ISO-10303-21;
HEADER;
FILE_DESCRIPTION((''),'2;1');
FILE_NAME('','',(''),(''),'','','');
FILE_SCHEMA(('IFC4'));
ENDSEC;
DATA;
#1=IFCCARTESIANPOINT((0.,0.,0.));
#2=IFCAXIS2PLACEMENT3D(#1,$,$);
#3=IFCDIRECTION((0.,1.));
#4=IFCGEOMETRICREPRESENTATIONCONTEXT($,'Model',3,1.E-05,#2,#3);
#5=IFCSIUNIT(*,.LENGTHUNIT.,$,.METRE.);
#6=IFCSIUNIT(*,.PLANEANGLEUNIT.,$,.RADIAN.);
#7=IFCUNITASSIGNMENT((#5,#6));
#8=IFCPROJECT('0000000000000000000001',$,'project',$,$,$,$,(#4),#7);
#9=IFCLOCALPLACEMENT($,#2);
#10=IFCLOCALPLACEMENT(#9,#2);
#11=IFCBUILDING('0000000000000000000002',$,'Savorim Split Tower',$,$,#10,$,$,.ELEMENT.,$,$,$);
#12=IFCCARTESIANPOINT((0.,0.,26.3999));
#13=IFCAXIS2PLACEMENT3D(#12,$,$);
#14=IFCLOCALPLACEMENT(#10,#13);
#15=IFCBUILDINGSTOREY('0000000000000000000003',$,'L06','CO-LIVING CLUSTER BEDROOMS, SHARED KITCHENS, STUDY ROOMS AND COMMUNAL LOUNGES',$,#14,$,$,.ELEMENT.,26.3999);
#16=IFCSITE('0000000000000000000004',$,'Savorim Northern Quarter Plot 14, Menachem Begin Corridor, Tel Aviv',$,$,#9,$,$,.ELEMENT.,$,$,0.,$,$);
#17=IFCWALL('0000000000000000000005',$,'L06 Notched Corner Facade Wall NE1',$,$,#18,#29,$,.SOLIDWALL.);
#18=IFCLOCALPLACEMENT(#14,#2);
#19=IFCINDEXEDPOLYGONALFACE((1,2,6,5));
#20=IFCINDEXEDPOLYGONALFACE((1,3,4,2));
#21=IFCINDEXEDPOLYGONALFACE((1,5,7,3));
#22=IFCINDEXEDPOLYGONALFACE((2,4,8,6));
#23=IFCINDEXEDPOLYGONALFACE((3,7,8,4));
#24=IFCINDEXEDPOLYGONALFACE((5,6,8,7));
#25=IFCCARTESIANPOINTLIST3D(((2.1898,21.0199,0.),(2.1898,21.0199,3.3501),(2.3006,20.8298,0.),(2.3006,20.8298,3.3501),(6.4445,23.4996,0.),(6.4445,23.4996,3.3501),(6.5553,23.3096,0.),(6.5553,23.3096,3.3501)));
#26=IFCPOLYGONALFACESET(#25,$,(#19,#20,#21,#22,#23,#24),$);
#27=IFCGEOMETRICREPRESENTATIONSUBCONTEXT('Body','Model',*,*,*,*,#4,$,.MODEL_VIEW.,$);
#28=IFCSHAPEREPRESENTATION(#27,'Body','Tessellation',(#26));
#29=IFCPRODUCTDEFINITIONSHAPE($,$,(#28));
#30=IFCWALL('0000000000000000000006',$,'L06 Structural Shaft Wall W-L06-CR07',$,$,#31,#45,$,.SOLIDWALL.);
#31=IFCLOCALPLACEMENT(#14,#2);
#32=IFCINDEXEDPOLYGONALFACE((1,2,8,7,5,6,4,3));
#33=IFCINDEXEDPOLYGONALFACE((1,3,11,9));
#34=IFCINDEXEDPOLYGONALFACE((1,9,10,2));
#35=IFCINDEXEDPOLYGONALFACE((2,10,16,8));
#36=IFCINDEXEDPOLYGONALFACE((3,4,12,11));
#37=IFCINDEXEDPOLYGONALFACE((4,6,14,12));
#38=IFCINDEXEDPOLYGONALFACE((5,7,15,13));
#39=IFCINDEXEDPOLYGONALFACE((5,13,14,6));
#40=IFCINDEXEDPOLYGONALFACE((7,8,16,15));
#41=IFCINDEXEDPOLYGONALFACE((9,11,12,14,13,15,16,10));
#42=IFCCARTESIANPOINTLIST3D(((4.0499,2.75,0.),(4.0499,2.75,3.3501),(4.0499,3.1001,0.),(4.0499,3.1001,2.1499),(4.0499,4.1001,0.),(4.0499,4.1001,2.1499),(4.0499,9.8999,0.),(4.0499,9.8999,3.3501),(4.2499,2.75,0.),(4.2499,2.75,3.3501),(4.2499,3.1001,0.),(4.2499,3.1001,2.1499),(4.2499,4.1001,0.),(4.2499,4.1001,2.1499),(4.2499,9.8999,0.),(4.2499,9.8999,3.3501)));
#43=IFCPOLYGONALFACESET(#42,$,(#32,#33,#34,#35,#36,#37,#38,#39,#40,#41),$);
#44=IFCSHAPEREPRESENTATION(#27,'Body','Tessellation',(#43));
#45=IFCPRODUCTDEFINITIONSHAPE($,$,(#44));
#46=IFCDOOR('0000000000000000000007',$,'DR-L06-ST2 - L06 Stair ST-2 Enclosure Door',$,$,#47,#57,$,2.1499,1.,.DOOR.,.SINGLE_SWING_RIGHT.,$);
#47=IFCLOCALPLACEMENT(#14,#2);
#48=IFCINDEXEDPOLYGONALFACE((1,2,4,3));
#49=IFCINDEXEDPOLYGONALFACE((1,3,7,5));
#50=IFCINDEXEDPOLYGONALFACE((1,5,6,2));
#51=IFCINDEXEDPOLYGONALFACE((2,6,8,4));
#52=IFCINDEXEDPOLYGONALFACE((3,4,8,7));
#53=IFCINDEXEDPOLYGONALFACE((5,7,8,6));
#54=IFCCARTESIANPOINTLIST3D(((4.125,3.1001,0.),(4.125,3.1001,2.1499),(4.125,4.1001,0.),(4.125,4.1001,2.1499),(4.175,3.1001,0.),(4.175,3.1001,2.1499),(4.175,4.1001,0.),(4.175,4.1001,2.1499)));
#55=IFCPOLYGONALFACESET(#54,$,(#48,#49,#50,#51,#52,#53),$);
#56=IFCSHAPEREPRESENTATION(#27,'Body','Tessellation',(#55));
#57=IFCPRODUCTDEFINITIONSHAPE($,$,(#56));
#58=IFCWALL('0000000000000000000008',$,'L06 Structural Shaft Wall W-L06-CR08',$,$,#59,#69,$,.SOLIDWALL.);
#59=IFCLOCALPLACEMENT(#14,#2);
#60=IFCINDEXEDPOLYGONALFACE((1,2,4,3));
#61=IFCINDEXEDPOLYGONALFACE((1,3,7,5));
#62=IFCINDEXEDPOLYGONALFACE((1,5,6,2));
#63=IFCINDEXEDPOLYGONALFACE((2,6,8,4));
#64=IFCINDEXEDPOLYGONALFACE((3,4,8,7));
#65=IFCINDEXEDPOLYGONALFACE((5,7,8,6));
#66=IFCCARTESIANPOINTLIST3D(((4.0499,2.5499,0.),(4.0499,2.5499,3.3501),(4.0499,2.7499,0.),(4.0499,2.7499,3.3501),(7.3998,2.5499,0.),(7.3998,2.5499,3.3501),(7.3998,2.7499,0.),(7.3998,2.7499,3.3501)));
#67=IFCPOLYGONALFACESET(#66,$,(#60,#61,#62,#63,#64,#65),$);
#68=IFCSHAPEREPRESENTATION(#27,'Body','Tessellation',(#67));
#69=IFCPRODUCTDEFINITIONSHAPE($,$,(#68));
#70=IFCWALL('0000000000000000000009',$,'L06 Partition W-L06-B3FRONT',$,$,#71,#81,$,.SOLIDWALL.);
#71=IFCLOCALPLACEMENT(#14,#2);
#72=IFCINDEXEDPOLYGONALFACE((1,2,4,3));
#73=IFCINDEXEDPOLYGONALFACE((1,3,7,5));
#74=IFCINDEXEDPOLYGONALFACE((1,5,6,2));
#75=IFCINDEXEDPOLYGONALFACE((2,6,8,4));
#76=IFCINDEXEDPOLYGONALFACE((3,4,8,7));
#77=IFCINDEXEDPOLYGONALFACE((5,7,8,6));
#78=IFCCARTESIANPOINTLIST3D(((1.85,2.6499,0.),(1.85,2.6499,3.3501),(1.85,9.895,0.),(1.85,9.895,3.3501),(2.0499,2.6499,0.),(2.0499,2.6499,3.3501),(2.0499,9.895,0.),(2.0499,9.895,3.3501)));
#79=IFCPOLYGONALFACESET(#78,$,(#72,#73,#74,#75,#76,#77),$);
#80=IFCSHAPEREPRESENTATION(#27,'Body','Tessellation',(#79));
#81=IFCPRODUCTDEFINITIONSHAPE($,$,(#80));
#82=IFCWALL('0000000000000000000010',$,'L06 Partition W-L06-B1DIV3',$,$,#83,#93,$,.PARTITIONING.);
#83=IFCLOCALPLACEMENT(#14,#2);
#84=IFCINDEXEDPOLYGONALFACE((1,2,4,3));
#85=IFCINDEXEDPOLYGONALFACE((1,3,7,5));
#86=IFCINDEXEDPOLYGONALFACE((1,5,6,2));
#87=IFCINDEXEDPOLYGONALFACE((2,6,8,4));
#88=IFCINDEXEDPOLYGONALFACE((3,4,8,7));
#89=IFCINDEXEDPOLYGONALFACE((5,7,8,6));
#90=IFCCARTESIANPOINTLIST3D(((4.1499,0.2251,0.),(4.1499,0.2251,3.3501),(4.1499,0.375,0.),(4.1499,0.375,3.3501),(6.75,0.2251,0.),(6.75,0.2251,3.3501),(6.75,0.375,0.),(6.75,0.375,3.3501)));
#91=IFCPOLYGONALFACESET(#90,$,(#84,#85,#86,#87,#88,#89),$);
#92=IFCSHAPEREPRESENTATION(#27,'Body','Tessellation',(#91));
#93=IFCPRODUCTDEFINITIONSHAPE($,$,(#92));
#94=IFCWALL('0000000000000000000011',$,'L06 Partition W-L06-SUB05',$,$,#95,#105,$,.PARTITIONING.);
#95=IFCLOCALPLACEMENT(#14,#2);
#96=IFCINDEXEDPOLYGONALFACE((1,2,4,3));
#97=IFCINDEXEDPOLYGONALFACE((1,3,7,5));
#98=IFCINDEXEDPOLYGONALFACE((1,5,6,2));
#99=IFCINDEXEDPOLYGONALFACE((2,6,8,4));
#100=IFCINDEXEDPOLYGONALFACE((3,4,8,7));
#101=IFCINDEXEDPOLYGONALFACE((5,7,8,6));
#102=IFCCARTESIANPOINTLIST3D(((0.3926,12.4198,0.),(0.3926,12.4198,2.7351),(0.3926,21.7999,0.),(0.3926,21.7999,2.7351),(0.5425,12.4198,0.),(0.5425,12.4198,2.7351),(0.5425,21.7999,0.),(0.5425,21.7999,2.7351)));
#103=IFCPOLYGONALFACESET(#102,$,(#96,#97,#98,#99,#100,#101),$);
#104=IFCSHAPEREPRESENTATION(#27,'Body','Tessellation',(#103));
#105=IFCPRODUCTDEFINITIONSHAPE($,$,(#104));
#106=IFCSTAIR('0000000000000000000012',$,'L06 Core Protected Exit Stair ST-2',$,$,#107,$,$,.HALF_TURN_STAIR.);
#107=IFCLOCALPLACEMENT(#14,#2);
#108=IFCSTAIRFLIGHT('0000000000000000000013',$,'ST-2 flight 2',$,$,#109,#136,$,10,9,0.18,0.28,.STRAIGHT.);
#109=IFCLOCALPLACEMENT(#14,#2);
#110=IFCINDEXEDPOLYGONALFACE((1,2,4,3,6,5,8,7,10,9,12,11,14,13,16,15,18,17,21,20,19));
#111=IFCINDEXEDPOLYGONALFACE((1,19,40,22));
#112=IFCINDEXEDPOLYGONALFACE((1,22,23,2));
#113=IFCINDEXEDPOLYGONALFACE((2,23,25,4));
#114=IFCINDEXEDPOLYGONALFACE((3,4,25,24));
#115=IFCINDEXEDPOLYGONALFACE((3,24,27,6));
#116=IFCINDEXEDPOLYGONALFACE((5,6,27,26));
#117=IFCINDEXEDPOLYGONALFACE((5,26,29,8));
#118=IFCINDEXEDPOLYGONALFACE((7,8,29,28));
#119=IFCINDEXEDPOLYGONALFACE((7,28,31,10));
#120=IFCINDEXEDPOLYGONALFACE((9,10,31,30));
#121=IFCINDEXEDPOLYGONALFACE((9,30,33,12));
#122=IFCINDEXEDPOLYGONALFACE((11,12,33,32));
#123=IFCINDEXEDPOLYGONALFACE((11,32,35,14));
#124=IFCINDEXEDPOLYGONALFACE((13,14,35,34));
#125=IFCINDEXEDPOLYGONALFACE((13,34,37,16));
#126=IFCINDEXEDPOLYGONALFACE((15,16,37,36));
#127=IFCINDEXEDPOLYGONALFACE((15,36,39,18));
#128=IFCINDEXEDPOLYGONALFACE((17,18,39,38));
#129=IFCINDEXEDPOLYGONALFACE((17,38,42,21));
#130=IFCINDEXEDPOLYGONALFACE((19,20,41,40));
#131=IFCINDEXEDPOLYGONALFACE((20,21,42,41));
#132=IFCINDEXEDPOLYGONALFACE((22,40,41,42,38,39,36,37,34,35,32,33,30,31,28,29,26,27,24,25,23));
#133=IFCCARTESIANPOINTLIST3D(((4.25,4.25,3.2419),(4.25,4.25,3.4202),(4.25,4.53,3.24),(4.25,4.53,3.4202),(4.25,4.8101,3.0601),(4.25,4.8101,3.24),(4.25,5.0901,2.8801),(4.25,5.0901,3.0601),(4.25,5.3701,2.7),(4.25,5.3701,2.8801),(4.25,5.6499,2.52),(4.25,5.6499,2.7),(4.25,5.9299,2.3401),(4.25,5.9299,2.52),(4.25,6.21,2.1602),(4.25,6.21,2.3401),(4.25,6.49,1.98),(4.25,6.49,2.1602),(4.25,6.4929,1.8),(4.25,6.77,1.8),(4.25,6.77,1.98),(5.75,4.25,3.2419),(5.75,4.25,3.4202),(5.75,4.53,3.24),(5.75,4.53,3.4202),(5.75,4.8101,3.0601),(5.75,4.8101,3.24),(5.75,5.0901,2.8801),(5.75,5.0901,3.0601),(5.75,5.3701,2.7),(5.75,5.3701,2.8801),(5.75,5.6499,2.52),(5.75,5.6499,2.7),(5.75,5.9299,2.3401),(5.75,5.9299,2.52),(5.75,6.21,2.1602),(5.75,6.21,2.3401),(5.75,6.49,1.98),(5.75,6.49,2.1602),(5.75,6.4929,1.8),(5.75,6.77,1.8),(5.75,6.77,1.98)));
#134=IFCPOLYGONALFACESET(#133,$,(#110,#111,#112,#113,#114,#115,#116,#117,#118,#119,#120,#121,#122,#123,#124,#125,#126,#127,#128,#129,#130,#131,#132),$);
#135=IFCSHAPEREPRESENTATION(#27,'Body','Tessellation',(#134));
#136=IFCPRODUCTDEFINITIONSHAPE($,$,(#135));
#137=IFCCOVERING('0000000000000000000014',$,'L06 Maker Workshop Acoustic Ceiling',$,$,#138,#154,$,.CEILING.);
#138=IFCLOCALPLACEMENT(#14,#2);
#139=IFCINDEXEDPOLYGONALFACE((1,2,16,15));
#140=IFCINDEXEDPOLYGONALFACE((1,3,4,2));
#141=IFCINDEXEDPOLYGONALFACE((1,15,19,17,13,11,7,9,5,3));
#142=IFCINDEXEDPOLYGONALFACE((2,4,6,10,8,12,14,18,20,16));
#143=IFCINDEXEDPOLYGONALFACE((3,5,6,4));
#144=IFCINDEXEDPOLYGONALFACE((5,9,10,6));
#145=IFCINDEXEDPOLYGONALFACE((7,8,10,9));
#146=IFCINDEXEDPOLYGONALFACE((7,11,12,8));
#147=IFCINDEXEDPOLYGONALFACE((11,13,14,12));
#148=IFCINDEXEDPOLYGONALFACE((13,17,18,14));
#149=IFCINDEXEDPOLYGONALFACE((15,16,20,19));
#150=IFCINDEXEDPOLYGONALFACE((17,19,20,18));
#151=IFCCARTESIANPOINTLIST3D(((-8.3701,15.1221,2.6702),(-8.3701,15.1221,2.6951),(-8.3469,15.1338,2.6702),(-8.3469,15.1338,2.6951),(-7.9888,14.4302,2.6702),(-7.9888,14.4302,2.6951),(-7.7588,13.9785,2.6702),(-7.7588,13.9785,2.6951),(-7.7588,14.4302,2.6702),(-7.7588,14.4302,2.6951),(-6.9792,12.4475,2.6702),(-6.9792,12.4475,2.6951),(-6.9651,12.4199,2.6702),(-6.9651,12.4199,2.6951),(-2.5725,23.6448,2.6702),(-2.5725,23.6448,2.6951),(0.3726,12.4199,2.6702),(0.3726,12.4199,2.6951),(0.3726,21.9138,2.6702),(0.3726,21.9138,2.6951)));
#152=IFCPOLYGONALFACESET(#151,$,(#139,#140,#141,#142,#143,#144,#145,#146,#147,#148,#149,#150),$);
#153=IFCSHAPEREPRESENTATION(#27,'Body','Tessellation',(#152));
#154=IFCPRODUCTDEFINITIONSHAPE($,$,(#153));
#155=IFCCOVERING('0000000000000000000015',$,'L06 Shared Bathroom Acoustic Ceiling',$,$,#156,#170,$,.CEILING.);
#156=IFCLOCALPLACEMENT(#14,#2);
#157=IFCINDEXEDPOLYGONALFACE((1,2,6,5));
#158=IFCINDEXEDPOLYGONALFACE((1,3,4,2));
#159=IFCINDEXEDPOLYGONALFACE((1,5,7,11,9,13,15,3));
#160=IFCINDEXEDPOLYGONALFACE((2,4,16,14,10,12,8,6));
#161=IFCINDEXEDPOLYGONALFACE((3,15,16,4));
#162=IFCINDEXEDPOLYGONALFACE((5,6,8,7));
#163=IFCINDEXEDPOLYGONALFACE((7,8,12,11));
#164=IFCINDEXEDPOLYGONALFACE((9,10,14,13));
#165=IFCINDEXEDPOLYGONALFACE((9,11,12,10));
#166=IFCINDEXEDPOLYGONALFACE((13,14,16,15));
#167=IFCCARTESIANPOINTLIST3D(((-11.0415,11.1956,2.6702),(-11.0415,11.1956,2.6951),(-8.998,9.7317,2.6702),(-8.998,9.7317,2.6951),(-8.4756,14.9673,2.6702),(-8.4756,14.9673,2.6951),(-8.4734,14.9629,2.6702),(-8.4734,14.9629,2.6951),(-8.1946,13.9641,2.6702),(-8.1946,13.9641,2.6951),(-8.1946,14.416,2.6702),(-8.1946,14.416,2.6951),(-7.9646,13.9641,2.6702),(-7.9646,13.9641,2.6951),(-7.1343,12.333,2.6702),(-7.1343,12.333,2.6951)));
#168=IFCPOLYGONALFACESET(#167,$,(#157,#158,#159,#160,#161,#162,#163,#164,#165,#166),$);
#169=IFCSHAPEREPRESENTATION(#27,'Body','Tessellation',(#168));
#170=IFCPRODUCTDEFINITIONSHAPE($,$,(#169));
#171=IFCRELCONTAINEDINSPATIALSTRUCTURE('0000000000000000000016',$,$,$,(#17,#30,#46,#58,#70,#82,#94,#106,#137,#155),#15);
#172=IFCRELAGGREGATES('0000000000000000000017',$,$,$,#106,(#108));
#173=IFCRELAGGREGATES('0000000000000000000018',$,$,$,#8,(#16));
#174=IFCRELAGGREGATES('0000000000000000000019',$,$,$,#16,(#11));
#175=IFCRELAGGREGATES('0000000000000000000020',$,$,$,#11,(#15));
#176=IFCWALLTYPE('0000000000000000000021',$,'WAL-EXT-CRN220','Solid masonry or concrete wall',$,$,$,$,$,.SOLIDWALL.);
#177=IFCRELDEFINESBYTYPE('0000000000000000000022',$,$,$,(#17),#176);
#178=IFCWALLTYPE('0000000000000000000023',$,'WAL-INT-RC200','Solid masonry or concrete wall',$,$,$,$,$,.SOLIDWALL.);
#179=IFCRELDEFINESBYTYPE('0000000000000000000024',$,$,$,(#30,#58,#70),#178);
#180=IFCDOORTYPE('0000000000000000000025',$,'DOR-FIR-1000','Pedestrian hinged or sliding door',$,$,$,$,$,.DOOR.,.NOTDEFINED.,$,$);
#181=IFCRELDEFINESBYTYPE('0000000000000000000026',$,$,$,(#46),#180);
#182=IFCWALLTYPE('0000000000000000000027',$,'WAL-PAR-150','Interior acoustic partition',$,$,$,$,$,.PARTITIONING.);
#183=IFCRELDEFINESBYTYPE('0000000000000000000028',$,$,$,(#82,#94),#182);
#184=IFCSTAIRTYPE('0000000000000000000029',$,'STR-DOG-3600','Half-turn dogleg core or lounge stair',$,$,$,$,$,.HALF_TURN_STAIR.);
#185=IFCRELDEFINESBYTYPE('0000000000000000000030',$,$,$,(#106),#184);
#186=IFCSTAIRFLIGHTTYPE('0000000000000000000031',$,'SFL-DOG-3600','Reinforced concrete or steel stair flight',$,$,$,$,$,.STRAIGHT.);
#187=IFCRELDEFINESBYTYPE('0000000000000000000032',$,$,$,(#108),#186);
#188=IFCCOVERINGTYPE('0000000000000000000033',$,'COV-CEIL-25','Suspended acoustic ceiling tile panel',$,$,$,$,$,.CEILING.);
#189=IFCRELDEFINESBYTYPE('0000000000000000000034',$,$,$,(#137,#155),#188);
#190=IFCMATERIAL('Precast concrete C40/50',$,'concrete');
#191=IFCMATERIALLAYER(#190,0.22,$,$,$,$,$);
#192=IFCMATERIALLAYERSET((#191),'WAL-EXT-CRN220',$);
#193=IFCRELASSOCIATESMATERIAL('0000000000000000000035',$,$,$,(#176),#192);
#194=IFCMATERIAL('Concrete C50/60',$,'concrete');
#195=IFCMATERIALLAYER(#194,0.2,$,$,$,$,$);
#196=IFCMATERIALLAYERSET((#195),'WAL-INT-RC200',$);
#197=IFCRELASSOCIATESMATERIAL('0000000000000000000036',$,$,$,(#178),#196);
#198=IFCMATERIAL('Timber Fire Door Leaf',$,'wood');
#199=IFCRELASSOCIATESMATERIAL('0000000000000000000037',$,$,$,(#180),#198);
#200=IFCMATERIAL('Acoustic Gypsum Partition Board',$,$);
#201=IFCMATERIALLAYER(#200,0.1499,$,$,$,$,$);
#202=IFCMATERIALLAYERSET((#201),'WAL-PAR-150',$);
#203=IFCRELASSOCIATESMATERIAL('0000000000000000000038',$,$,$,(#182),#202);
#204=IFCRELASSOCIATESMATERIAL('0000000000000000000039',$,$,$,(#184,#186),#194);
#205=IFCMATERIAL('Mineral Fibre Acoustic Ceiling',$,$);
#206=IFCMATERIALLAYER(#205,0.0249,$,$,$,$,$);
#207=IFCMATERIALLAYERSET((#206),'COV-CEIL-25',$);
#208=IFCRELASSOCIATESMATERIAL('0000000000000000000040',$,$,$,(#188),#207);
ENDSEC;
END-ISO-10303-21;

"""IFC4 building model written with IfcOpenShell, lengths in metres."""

from ifc_helpers import new_model, si_unit, direction, frame, frame_2d, origin, place, context, subcontext, project, spatial, polyline, rectangle, outline, extrude, material, layer, layer_set, type_object, element, fill, aggregate, save


model = new_model("IFC4")

# Units and contexts
model_context = context("Model", 3, precision=1e-05, world=origin(), true_north=direction((0.0, 1.0)))
body_context = subcontext(model_context, "Body", "Model", "MODEL_VIEW")
ifc_project = project(units=[si_unit("LENGTHUNIT", "METRE"), si_unit("PLANEANGLEUNIT", "RADIAN")], contexts=[model_context])

# Site, building, storey
site_placement = place(None, origin())
site = spatial("IfcSite", under=ifc_project, at=site_placement, Name="Savorim Northern Quarter Plot 14, Menachem Begin Corridor, Tel Aviv", CompositionType="ELEMENT", RefElevation=0.0)
building_placement = place(site_placement, origin())
building = spatial("IfcBuilding", under=site, at=building_placement, Name="Savorim Split Tower", CompositionType="ELEMENT")
storey_placement = place(building_placement, frame((0.0, 0.0, 26.3999)))
storey = spatial("IfcBuildingStorey", under=building, at=storey_placement, Name="L06", Description="CO-LIVING CLUSTER BEDROOMS, SHARED KITCHENS, STUDY ROOMS AND COMMUNAL LOUNGES", CompositionType="ELEMENT", Elevation=26.3999)

# Wall
ifc_material_1 = material(Name="Precast concrete C40/50", Category="concrete")
ifc_layer_1 = layer(ifc_material_1, 0.22)
ifc_layer_set_1 = layer_set([ifc_layer_1], Name="WAL-EXT-CRN220")
wall_type_1 = type_object("IfcWallType", Name="WAL-EXT-CRN220", Description="Solid masonry or concrete wall", PredefinedType="SOLIDWALL", material=ifc_layer_set_1)
wall_1_placement = place(storey_placement, frame((2.2451, 20.9248, 0.0), z_axis=(0.0, 0.0, 1.0), x_axis=(0.863968, 0.503547, 0.0)))
element("IfcWall", 1, at=wall_1_placement, inside=storey, type_object=wall_type_1, Name="L06 Notched Corner Facade Wall NE1", PredefinedType="SOLIDWALL", context=body_context, shape_type="SweptSolid", body=[
    extrude(rectangle(XDim=4.9246, YDim=0.22, at=frame_2d((2.4624, 0.0))), origin(), (0.0, 0.0, 1.0), 3.3501),
])

# Wall, opening, door
ifc_material_2 = material(Name="Concrete C50/60", Category="concrete")
ifc_layer_2 = layer(ifc_material_2, 0.2)
ifc_layer_set_2 = layer_set([ifc_layer_2], Name="WAL-INT-RC200")
wall_type_2 = type_object("IfcWallType", Name="WAL-INT-RC200", Description="Solid masonry or concrete wall", PredefinedType="SOLIDWALL", material=ifc_layer_set_2)
wall_2_placement = place(storey_placement, frame((4.1499, 2.75, 0.0), z_axis=(0.0, 0.0, 1.0), x_axis=(0.0, 1.0, 0.0)))
wall_2 = element("IfcWall", 2, at=wall_2_placement, inside=storey, type_object=wall_type_2, Name="L06 Structural Shaft Wall W-L06-CR07", PredefinedType="SOLIDWALL", context=body_context, shape_type="SweptSolid", body=[
    extrude(rectangle(XDim=7.1499, YDim=0.2, at=frame_2d((3.575, 0.0))), origin(), (0.0, 0.0, 1.0), 3.3501),
])
opening_placement = place(wall_2_placement, frame((0.3501, 0.0, 0.0)))
opening = element("IfcOpeningElement", 3, at=opening_placement, cuts=wall_2, PredefinedType="OPENING", context=body_context, shape_type="SweptSolid", body=[
    extrude(rectangle(XDim=1.0, YDim=2.1499, at=frame_2d((0.5, 1.075))), frame((0.0, 0.1099, 0.0), z_axis=(0.0, -1.0, 0.0), x_axis=(1.0, 0.0, 0.0)), (0.0, 0.0, 1.0), 0.22),
])
ifc_material_3 = material(Name="Timber Fire Door Leaf", Category="wood")
door_type = type_object("IfcDoorType", Name="DOR-FIR-1000", Description="Pedestrian hinged or sliding door", OperationType="NOTDEFINED", PredefinedType="DOOR", material=ifc_material_3)
door_placement = place(opening_placement, origin())
door = element("IfcDoor", 4, at=door_placement, inside=storey, type_object=door_type, Name="DR-L06-ST2 - L06 Stair ST-2 Enclosure Door", OperationType="SINGLE_SWING_RIGHT", OverallHeight=2.1499, OverallWidth=1.0, PredefinedType="DOOR", context=body_context, shape_type="SweptSolid", body=[
    extrude(rectangle(XDim=1.0, YDim=2.1499, at=frame_2d((0.5, 1.075))), frame((0.0, 0.0249, 0.0), z_axis=(0.0, -1.0, 0.0), x_axis=(1.0, 0.0, 0.0)), (0.0, 0.0, 1.0), 0.05),
])
fill(opening, door)

# Walls
wall_3_placement = place(storey_placement, frame((4.05, 2.6499, 0.0), z_axis=(0.0, 0.0, 1.0), x_axis=(1.0, 0.0, 0.0)))
element("IfcWall", 5, at=wall_3_placement, inside=storey, type_object=wall_type_2, Name="L06 Structural Shaft Wall W-L06-CR08", PredefinedType="SOLIDWALL", context=body_context, shape_type="SweptSolid", body=[
    extrude(rectangle(XDim=3.3499, YDim=0.2, at=frame_2d((1.6748, 0.0))), origin(), (0.0, 0.0, 1.0), 3.3501),
])
wall_4_placement = place(storey_placement, frame((1.95, 2.6499, 0.0), z_axis=(0.0, 0.0, 1.0), x_axis=(0.0, 1.0, 0.0)))
element("IfcWall", 6, at=wall_4_placement, inside=storey, type_object=wall_type_2, Name="L06 Partition W-L06-B3FRONT", PredefinedType="SOLIDWALL", context=body_context, shape_type="SweptSolid", body=[
    extrude(rectangle(XDim=7.2451, YDim=0.2, at=frame_2d((3.6226, 0.0))), origin(), (0.0, 0.0, 1.0), 3.3501),
])
ifc_material_4 = material(Name="Acoustic Gypsum Partition Board")
ifc_layer_3 = layer(ifc_material_4, 0.1499)
ifc_layer_set_3 = layer_set([ifc_layer_3], Name="WAL-PAR-150")
wall_type_3 = type_object("IfcWallType", Name="WAL-PAR-150", Description="Interior acoustic partition", PredefinedType="PARTITIONING", material=ifc_layer_set_3)
wall_5_placement = place(storey_placement, frame((4.1499, 0.3, 0.0), z_axis=(0.0, 0.0, 1.0), x_axis=(1.0, 0.0, 0.0)))
element("IfcWall", 7, at=wall_5_placement, inside=storey, type_object=wall_type_3, Name="L06 Partition W-L06-B1DIV3", PredefinedType="PARTITIONING", context=body_context, shape_type="SweptSolid", body=[
    extrude(rectangle(XDim=2.6001, YDim=0.1499, at=frame_2d((1.3, 0.0))), origin(), (0.0, 0.0, 1.0), 3.3501),
])
wall_6_placement = place(storey_placement, frame((0.4675, 12.4199, 0.0), z_axis=(0.0, 0.0, 1.0), x_axis=(0.0, 1.0, 0.0)))
element("IfcWall", 8, at=wall_6_placement, inside=storey, type_object=wall_type_3, Name="L06 Partition W-L06-SUB05", PredefinedType="PARTITIONING", context=body_context, shape_type="SweptSolid", body=[
    extrude(rectangle(XDim=9.3801, YDim=0.1499, at=frame_2d((4.6899, 0.0))), origin(), (0.0, 0.0, 1.0), 2.7351),
])

# Stair, stair flight
stair_type = type_object("IfcStairType", Name="STR-DOG-3600", Description="Half-turn dogleg core or lounge stair", PredefinedType="HALF_TURN_STAIR", material=ifc_material_2)
stair_placement = place(storey_placement, origin())
stair = element("IfcStair", 9, at=stair_placement, inside=storey, type_object=stair_type, Name="L06 Core Protected Exit Stair ST-2", PredefinedType="HALF_TURN_STAIR")
stair_flight_type = type_object("IfcStairFlightType", Name="SFL-DOG-3600", Description="Reinforced concrete or steel stair flight", PredefinedType="STRAIGHT", material=ifc_material_2)
stair_flight_placement = place(storey_placement, frame((5.0, 6.77, 1.8), z_axis=(0.0, 0.0, 1.0), x_axis=(0.0, -1.0, 0.0)))
stair_flight = element("IfcStairFlight", 10, at=stair_flight_placement, type_object=stair_flight_type, Name="ST-2 flight 2", NumberOfRisers=10, NumberOfTreads=9, PredefinedType="STRAIGHT", RiserHeight=0.18, TreadLength=0.28, context=body_context, shape_type="SweptSolid", body=[
    extrude(outline(polyline([(0.0, 0.0), (0.0, 0.1799), (0.28, 0.1799), (0.28, 0.3601), (0.5601, 0.3601), (0.5601, 0.54), (0.8401, 0.54), (0.8401, 0.72), (1.1201, 0.72), (1.1201, 0.8999), (1.3999, 0.8999), (1.3999, 1.0801), (1.6799, 1.0801), (1.6799, 1.26), (1.96, 1.26), (1.96, 1.4399), (2.24, 1.4399), (2.24, 1.6201), (2.52, 1.6201), (2.52, 1.8), (2.52, 1.4419), (0.2771, 0.0), (0.0, 0.0)])), frame((0.0, 0.75, 0.0), z_axis=(0.0, -1.0, 0.0), x_axis=(1.0, 0.0, 0.0)), (0.0, 0.0, 1.0), 1.5),
])
aggregate(stair, [stair_flight])

# Coverings
ifc_material_5 = material(Name="Mineral Fibre Acoustic Ceiling")
ifc_layer_4 = layer(ifc_material_5, 0.0249)
ifc_layer_set_4 = layer_set([ifc_layer_4], Name="COV-CEIL-25")
covering_type_1 = type_object("IfcCoveringType", Name="COV-CEIL-25", Description="Suspended acoustic ceiling tile panel", PredefinedType="CEILING", material=ifc_layer_set_4)
covering_1_placement = place(storey_placement, frame((0.0, 0.0, 2.6702)))
element("IfcCovering", 11, at=covering_1_placement, inside=storey, type_object=covering_type_1, Name="L06 Maker Workshop Acoustic Ceiling", PredefinedType="CEILING", context=body_context, shape_type="SweptSolid", body=[
    extrude(outline(polyline([(-6.9651, 12.4199), (0.3726, 12.4199), (0.3726, 21.9138), (-2.5725, 23.6448), (-8.3701, 15.1221), (-8.3469, 15.1338), (-7.9888, 14.4302), (-7.7588, 14.4302), (-7.7588, 13.9785), (-6.9792, 12.4475), (-6.9651, 12.4199)])), origin(), (0.0, 0.0, 1.0), 0.0249),
])
covering_2_placement = place(storey_placement, frame((0.0, 0.0, 2.6702)))
element("IfcCovering", 12, at=covering_2_placement, inside=storey, type_object=covering_type_1, Name="L06 Shared Bathroom Acoustic Ceiling", PredefinedType="CEILING", context=body_context, shape_type="SweptSolid", body=[
    extrude(outline(polyline([(-8.1946, 13.9641), (-8.1946, 14.416), (-8.4734, 14.9629), (-8.4756, 14.9673), (-11.0415, 11.1956), (-8.998, 9.7317), (-7.1343, 12.333), (-7.9646, 13.9641), (-8.1946, 13.9641)])), origin(), (0.0, 0.0, 1.0), 0.0249),
])

save(model, "model.ifc")
